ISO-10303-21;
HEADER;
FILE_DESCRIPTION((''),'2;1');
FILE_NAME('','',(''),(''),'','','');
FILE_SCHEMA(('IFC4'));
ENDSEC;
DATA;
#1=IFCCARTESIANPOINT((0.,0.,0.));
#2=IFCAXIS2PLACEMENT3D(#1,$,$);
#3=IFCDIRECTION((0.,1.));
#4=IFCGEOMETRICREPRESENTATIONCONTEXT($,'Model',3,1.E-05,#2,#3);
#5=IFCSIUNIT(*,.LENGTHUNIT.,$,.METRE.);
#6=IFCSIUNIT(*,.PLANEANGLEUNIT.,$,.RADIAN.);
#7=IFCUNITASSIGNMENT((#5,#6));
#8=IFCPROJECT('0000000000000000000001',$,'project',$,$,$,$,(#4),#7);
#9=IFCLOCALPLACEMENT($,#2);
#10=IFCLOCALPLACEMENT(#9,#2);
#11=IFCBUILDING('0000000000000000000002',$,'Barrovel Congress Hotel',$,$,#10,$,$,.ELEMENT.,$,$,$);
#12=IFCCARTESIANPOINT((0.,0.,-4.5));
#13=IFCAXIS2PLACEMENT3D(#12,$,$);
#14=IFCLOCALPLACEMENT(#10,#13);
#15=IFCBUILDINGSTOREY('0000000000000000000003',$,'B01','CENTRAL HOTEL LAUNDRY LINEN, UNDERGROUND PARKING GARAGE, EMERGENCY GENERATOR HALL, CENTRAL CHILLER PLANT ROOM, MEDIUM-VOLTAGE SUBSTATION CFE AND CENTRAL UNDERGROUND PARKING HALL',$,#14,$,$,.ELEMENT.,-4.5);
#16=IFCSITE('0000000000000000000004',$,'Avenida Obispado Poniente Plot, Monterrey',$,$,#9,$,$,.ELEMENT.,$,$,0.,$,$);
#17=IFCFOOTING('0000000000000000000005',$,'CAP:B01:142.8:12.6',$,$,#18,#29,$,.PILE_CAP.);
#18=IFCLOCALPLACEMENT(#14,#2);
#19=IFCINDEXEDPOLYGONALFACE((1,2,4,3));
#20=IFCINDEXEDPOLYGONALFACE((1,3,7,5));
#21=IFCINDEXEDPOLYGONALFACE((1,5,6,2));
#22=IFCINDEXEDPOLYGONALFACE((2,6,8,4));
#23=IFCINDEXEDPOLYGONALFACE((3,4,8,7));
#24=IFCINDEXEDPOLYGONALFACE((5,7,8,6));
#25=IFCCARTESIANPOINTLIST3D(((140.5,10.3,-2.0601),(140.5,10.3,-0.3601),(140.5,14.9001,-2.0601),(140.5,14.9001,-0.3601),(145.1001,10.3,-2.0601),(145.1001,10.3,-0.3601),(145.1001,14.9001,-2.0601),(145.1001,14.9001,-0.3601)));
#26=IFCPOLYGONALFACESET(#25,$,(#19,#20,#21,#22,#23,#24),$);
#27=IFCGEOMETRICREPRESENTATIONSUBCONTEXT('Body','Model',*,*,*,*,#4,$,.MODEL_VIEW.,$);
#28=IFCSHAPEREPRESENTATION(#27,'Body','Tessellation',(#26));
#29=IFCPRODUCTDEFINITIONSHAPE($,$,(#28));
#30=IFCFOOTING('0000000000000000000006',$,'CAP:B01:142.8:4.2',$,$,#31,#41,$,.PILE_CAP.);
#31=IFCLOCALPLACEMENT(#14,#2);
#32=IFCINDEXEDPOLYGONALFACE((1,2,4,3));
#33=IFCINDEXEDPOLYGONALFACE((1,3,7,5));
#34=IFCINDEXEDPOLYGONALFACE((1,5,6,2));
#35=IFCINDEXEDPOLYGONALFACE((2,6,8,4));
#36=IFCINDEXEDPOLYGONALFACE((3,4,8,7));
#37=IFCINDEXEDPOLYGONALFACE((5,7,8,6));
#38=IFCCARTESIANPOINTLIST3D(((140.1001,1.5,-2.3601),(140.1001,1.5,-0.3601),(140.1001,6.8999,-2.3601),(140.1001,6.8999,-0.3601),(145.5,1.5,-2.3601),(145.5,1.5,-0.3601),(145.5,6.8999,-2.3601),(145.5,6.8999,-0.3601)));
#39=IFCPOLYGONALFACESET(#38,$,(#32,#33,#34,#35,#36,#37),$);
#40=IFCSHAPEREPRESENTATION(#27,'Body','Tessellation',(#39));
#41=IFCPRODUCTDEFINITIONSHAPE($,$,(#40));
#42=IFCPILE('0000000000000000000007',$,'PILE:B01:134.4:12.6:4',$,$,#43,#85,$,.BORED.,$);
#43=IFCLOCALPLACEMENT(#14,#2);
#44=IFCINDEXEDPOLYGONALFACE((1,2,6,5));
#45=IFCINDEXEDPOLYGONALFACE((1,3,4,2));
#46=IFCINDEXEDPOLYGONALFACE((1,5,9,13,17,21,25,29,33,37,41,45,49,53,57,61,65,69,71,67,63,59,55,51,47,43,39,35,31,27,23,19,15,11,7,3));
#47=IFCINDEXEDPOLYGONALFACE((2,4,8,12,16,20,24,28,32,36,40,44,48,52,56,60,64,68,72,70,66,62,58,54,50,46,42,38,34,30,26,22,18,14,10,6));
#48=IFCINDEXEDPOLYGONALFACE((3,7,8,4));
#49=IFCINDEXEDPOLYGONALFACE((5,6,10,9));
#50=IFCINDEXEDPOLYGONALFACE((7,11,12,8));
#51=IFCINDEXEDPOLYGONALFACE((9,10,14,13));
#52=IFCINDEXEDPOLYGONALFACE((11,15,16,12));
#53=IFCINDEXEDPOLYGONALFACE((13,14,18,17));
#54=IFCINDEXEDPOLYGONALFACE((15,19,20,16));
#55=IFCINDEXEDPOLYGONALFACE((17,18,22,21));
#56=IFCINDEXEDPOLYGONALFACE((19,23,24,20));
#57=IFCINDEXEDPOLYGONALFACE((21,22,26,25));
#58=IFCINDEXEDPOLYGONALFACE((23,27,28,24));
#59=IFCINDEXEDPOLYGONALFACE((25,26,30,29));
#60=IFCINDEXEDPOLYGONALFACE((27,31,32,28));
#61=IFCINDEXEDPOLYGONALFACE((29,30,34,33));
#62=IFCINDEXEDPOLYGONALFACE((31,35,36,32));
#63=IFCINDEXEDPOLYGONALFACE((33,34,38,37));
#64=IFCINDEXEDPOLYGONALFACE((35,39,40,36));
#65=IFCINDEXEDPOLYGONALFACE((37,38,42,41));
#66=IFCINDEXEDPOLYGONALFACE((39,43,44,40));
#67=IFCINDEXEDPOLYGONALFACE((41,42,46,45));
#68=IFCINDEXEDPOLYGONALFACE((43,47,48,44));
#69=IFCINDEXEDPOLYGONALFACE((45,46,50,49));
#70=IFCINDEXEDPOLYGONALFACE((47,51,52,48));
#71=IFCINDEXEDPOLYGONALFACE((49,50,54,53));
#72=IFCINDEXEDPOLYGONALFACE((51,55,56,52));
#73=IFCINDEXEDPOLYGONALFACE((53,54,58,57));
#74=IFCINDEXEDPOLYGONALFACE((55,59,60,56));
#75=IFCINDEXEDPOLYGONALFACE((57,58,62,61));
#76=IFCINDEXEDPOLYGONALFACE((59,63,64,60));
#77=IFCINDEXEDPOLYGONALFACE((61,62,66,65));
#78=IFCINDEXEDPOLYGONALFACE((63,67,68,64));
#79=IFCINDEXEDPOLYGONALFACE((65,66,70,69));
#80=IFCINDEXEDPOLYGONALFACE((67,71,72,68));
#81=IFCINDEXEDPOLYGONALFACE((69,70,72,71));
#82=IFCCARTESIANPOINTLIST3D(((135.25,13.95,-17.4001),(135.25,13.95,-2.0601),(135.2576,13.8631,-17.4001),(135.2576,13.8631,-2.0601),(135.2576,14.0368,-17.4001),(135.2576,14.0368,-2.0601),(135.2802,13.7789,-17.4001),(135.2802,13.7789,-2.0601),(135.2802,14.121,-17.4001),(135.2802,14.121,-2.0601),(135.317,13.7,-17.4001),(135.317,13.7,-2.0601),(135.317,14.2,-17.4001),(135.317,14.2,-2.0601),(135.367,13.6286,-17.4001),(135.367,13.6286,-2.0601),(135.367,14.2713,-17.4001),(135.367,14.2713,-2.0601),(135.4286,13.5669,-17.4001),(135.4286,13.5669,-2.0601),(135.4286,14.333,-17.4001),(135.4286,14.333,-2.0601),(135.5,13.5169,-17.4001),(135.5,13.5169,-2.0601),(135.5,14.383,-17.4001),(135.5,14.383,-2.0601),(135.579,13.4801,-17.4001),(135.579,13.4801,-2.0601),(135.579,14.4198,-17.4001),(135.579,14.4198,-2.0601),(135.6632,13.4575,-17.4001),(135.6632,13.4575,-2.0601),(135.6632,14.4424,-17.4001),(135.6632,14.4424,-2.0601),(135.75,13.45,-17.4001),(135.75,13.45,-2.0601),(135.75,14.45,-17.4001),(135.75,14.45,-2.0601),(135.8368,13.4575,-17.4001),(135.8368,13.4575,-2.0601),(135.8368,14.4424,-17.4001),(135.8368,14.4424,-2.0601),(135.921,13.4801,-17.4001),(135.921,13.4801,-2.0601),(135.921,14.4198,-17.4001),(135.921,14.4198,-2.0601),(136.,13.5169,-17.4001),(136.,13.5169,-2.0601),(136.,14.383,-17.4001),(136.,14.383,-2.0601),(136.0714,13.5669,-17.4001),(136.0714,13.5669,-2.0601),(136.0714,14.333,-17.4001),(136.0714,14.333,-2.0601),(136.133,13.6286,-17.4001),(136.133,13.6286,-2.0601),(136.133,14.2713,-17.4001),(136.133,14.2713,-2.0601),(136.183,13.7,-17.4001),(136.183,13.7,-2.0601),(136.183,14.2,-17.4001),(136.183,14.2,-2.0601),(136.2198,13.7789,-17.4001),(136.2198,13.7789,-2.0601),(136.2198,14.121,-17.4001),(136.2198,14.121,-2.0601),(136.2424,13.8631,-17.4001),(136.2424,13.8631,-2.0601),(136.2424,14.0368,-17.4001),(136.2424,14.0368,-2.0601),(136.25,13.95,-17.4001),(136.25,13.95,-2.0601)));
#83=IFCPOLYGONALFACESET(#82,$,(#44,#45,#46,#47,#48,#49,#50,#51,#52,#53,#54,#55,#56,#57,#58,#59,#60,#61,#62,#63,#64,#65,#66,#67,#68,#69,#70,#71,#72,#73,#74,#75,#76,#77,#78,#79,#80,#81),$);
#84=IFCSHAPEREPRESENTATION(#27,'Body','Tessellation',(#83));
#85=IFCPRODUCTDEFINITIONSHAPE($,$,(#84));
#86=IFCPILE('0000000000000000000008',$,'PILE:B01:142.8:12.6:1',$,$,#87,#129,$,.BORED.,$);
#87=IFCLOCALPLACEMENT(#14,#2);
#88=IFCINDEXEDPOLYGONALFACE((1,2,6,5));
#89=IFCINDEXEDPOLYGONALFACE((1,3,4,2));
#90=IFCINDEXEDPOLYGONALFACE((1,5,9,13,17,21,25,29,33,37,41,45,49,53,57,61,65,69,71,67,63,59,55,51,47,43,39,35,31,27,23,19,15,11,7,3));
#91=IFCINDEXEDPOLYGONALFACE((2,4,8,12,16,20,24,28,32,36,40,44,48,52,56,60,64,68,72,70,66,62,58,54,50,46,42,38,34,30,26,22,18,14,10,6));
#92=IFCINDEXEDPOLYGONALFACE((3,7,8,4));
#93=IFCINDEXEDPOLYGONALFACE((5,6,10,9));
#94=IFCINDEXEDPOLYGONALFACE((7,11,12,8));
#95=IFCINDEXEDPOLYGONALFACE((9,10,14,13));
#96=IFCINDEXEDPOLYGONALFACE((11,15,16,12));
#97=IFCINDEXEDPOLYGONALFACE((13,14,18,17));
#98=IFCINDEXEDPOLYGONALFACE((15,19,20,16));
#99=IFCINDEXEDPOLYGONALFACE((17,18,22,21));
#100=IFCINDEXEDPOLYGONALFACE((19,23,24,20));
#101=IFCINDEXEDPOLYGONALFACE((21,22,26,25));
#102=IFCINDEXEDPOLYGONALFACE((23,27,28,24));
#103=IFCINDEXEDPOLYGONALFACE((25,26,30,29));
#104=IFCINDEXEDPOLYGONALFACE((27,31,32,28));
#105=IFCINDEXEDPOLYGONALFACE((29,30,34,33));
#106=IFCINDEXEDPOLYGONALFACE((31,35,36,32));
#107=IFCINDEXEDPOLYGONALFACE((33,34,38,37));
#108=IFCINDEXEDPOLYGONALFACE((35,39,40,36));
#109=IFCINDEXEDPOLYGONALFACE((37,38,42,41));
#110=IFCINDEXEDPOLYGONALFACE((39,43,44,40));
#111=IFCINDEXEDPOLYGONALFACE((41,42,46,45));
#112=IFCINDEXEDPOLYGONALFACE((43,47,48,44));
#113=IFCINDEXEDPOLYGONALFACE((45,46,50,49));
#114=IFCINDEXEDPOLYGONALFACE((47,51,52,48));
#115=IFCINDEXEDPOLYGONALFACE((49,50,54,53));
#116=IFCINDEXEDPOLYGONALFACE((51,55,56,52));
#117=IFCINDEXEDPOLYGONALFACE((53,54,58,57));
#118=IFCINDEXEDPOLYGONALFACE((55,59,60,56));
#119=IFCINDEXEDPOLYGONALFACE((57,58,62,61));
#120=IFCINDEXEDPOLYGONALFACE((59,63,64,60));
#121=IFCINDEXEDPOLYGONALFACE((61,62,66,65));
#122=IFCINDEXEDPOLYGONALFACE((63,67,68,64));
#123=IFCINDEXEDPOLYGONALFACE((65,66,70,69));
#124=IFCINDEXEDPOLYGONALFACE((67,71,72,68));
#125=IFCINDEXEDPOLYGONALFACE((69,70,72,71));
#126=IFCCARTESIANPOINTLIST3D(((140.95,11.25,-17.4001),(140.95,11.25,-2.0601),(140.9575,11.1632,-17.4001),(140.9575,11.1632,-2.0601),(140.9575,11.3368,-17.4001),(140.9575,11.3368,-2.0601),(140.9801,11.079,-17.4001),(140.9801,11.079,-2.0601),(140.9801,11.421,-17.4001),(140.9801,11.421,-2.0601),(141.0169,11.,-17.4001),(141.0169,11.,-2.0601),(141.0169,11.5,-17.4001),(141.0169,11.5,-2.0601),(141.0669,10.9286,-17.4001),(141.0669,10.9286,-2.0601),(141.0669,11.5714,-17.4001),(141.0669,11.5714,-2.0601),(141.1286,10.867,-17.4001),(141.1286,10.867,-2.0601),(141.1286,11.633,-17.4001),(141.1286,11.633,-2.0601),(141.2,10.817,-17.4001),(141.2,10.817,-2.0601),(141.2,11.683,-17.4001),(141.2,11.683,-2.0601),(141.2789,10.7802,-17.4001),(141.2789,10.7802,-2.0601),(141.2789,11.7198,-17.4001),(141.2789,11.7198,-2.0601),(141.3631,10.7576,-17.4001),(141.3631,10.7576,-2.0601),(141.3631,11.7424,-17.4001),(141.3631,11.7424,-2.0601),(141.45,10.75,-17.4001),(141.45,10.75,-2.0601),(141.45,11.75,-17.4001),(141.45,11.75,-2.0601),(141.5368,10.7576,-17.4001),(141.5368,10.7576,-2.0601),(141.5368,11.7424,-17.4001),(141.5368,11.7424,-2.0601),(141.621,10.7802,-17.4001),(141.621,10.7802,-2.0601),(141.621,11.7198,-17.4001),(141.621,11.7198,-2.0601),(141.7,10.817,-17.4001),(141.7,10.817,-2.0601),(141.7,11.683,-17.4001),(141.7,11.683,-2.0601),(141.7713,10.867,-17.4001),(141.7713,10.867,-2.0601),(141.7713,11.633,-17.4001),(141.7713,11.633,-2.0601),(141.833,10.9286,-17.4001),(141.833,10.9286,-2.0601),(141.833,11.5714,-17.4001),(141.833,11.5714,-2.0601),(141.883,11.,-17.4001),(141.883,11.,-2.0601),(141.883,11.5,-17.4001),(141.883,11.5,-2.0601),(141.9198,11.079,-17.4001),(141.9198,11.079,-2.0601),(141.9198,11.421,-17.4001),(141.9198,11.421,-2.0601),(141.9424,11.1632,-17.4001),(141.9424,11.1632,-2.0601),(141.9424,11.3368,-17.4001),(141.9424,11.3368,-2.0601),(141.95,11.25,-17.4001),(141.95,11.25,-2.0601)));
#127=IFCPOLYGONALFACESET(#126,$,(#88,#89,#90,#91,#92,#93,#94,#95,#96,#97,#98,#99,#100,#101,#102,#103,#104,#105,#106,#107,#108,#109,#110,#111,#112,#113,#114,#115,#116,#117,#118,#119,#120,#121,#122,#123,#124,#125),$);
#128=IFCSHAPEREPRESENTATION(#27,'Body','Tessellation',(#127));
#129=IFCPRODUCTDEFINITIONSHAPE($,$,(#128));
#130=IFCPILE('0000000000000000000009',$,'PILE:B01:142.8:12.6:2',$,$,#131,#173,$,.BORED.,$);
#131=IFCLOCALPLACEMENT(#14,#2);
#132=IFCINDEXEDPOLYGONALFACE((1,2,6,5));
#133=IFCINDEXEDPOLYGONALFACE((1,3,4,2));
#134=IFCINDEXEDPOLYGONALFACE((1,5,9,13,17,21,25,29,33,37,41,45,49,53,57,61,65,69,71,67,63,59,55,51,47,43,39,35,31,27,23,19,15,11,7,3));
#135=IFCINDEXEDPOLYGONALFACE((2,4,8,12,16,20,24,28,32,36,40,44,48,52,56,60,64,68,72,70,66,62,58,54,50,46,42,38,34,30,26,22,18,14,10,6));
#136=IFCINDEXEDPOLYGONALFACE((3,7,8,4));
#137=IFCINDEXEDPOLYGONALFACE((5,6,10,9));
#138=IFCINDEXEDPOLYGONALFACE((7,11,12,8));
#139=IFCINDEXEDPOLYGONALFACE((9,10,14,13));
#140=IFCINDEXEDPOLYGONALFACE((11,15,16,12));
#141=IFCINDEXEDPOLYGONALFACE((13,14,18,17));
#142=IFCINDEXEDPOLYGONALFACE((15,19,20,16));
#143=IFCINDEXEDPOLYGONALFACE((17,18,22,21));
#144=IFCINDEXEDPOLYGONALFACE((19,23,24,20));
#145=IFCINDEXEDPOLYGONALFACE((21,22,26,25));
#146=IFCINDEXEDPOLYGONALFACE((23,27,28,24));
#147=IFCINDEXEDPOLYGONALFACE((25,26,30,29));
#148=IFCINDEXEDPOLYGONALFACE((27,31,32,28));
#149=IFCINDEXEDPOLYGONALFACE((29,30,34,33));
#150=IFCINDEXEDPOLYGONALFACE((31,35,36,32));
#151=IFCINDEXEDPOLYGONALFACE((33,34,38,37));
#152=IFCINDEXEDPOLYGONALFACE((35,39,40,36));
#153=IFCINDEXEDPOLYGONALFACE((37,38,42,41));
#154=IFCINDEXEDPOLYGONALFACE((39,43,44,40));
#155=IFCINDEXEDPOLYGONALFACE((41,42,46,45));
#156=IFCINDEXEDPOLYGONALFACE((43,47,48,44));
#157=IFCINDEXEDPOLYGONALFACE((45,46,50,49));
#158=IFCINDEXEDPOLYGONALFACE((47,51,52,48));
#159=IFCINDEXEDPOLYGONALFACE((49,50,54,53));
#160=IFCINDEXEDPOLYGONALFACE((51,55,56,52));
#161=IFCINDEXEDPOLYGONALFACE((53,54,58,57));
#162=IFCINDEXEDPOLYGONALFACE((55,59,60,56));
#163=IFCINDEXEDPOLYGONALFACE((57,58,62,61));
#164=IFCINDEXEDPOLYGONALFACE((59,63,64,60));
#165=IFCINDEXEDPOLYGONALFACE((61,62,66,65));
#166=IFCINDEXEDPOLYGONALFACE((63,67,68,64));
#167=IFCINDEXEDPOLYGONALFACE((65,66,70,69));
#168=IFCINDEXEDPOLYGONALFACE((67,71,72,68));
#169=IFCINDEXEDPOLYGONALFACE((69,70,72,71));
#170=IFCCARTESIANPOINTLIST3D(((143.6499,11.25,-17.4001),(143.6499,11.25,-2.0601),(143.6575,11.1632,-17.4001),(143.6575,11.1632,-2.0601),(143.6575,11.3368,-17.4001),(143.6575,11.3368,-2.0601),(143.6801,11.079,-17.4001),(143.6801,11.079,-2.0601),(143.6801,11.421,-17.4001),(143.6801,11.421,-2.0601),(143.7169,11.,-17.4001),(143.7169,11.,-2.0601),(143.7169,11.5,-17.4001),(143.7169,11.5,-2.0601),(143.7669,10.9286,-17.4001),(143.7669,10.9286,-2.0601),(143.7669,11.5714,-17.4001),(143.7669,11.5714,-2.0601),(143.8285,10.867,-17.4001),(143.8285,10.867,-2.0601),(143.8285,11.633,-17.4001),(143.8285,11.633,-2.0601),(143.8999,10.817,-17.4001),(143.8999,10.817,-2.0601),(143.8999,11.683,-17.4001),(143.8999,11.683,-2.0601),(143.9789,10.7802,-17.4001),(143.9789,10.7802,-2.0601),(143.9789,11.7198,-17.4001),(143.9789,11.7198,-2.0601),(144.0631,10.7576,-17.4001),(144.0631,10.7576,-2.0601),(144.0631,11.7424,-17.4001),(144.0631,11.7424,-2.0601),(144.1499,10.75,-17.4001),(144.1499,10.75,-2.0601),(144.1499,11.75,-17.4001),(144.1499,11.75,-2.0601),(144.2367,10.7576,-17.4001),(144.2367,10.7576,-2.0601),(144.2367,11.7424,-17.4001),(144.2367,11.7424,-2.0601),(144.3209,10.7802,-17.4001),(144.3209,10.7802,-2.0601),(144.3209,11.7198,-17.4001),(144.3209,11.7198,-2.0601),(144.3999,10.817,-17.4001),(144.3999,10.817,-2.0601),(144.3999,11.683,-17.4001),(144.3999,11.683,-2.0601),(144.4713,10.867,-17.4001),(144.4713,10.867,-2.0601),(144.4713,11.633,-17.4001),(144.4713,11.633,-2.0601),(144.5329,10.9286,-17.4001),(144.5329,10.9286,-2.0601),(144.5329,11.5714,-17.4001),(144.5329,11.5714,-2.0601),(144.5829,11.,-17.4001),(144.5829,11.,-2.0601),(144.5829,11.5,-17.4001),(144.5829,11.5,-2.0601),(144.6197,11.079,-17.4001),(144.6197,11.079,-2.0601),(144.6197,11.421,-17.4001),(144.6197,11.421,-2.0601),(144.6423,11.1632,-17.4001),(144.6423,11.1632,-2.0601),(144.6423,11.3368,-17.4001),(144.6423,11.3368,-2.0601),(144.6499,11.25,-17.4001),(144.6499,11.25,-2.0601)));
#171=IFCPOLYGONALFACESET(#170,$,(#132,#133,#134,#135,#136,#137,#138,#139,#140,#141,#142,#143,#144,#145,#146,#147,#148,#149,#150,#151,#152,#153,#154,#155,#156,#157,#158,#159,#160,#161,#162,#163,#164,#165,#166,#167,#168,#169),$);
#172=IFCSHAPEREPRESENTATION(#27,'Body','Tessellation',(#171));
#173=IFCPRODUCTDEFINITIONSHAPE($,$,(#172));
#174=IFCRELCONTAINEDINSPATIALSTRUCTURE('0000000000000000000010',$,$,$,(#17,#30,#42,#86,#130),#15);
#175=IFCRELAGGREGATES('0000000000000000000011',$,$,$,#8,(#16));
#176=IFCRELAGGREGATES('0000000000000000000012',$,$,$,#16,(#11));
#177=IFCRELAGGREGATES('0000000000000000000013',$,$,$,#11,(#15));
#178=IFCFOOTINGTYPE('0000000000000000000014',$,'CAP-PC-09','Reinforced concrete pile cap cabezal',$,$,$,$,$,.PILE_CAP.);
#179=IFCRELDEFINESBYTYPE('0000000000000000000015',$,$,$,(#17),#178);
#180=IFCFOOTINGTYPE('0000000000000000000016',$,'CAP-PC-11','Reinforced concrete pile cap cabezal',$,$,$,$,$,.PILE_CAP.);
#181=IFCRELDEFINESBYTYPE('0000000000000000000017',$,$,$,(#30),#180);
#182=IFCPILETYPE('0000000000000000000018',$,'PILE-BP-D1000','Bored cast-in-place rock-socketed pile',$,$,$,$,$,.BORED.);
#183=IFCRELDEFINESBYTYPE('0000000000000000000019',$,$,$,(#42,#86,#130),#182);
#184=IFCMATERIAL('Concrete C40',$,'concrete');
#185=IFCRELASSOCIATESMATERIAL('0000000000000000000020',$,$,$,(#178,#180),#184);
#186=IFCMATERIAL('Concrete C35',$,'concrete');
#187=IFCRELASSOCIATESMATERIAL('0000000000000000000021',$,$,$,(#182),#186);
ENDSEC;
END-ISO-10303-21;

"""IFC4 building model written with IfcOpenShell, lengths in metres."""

from ifc_helpers import new_model, si_unit, direction, frame, origin, origin_2d, place, context, subcontext, project, spatial, rectangle, circle, extrude, material, material_profile, profile_set, type_object, element, save


model = new_model("IFC4")

# Units and contexts
model_context = context("Model", 3, precision=1e-05, world=origin(), true_north=direction((0.0, 1.0)))
body_context = subcontext(model_context, "Body", "Model", "MODEL_VIEW")
ifc_project = project(units=[si_unit("LENGTHUNIT", "METRE"), si_unit("PLANEANGLEUNIT", "RADIAN")], contexts=[model_context])

# Site, building, storey
site_placement = place(None, origin())
site = spatial("IfcSite", under=ifc_project, at=site_placement, Name="Avenida Obispado Poniente Plot, Monterrey", CompositionType="ELEMENT", RefElevation=0.0)
building_placement = place(site_placement, origin())
building = spatial("IfcBuilding", under=site, at=building_placement, Name="Barrovel Congress Hotel", CompositionType="ELEMENT")
storey_placement = place(building_placement, frame((0.0, 0.0, -4.5)))
storey = spatial("IfcBuildingStorey", under=building, at=storey_placement, Name="B01", Description="CENTRAL HOTEL LAUNDRY LINEN, UNDERGROUND PARKING GARAGE, EMERGENCY GENERATOR HALL, CENTRAL CHILLER PLANT ROOM, MEDIUM-VOLTAGE SUBSTATION CFE AND CENTRAL UNDERGROUND PARKING HALL", CompositionType="ELEMENT", Elevation=-4.5)

# Footings
ifc_material_1 = material(Name="Concrete C40", Category="concrete")
footing_type_1 = type_object("IfcFootingType", Name="CAP-PC-09", Description="Reinforced concrete pile cap cabezal", PredefinedType="PILE_CAP", material=ifc_material_1)
footing_1_placement = place(storey_placement, frame((142.8, 12.6001, -2.0601), z_axis=(0.0, 0.0, 1.0), x_axis=(1.0, 0.0, 0.0)))
element("IfcFooting", 1, at=footing_1_placement, inside=storey, type_object=footing_type_1, Name="CAP:B01:142.8:12.6", PredefinedType="PILE_CAP", context=body_context, shape_type="SweptSolid", body=[
    extrude(rectangle(XDim=4.6001, YDim=4.6001, at=origin_2d()), origin(), (0.0, 0.0, 1.0), 1.7),
])
footing_type_2 = type_object("IfcFootingType", Name="CAP-PC-11", Description="Reinforced concrete pile cap cabezal", PredefinedType="PILE_CAP", material=ifc_material_1)
footing_2_placement = place(storey_placement, frame((142.8, 4.2, -2.3601), z_axis=(0.0, 0.0, 1.0), x_axis=(1.0, 0.0, 0.0)))
element("IfcFooting", 2, at=footing_2_placement, inside=storey, type_object=footing_type_2, Name="CAP:B01:142.8:4.2", PredefinedType="PILE_CAP", context=body_context, shape_type="SweptSolid", body=[
    extrude(rectangle(XDim=5.3999, YDim=5.3999, at=origin_2d()), origin(), (0.0, 0.0, 1.0), 2.0),
])

# Piles
ifc_material_2 = material(Name="Concrete C35", Category="concrete")
ifc_material_profile_1 = material_profile(ifc_material_2, circle(Radius=0.5, at=origin_2d()), Name="BP-D1000")
ifc_profile_set_1 = profile_set([ifc_material_profile_1], Name="Concrete C35")
pile_type_1 = type_object("IfcPileType", Name="PILE-BP-D1000", Description="Bored cast-in-place rock-socketed pile", PredefinedType="BORED", material=ifc_profile_set_1)
for number, where, z_axis, x_axis, name in (
    (3, (135.75, 13.95, -2.0601), (0.0, 0.0, -1.0), (1.0, 0.0, 0.0), "PILE:B01:134.4:12.6:4"),
    (4, (141.45, 11.25, -2.0601), (0.0, 0.0, -1.0), (1.0, 0.0, 0.0), "PILE:B01:142.8:12.6:1"),
    (5, (144.1499, 11.25, -2.0601), (0.0, 0.0, -1.0), (1.0, 0.0, 0.0), "PILE:B01:142.8:12.6:2"),
):
    element("IfcPile", number, at=place(storey_placement, frame(where, z_axis=z_axis, x_axis=x_axis)), inside=storey, type_object=pile_type_1, Name=name, PredefinedType="BORED", context=body_context, shape_type="SweptSolid", body=[
        extrude(circle(Radius=0.5, at=origin_2d()), origin(), (0.0, 0.0, 1.0), 15.3401),
    ])

save(model, "model.ifc")
